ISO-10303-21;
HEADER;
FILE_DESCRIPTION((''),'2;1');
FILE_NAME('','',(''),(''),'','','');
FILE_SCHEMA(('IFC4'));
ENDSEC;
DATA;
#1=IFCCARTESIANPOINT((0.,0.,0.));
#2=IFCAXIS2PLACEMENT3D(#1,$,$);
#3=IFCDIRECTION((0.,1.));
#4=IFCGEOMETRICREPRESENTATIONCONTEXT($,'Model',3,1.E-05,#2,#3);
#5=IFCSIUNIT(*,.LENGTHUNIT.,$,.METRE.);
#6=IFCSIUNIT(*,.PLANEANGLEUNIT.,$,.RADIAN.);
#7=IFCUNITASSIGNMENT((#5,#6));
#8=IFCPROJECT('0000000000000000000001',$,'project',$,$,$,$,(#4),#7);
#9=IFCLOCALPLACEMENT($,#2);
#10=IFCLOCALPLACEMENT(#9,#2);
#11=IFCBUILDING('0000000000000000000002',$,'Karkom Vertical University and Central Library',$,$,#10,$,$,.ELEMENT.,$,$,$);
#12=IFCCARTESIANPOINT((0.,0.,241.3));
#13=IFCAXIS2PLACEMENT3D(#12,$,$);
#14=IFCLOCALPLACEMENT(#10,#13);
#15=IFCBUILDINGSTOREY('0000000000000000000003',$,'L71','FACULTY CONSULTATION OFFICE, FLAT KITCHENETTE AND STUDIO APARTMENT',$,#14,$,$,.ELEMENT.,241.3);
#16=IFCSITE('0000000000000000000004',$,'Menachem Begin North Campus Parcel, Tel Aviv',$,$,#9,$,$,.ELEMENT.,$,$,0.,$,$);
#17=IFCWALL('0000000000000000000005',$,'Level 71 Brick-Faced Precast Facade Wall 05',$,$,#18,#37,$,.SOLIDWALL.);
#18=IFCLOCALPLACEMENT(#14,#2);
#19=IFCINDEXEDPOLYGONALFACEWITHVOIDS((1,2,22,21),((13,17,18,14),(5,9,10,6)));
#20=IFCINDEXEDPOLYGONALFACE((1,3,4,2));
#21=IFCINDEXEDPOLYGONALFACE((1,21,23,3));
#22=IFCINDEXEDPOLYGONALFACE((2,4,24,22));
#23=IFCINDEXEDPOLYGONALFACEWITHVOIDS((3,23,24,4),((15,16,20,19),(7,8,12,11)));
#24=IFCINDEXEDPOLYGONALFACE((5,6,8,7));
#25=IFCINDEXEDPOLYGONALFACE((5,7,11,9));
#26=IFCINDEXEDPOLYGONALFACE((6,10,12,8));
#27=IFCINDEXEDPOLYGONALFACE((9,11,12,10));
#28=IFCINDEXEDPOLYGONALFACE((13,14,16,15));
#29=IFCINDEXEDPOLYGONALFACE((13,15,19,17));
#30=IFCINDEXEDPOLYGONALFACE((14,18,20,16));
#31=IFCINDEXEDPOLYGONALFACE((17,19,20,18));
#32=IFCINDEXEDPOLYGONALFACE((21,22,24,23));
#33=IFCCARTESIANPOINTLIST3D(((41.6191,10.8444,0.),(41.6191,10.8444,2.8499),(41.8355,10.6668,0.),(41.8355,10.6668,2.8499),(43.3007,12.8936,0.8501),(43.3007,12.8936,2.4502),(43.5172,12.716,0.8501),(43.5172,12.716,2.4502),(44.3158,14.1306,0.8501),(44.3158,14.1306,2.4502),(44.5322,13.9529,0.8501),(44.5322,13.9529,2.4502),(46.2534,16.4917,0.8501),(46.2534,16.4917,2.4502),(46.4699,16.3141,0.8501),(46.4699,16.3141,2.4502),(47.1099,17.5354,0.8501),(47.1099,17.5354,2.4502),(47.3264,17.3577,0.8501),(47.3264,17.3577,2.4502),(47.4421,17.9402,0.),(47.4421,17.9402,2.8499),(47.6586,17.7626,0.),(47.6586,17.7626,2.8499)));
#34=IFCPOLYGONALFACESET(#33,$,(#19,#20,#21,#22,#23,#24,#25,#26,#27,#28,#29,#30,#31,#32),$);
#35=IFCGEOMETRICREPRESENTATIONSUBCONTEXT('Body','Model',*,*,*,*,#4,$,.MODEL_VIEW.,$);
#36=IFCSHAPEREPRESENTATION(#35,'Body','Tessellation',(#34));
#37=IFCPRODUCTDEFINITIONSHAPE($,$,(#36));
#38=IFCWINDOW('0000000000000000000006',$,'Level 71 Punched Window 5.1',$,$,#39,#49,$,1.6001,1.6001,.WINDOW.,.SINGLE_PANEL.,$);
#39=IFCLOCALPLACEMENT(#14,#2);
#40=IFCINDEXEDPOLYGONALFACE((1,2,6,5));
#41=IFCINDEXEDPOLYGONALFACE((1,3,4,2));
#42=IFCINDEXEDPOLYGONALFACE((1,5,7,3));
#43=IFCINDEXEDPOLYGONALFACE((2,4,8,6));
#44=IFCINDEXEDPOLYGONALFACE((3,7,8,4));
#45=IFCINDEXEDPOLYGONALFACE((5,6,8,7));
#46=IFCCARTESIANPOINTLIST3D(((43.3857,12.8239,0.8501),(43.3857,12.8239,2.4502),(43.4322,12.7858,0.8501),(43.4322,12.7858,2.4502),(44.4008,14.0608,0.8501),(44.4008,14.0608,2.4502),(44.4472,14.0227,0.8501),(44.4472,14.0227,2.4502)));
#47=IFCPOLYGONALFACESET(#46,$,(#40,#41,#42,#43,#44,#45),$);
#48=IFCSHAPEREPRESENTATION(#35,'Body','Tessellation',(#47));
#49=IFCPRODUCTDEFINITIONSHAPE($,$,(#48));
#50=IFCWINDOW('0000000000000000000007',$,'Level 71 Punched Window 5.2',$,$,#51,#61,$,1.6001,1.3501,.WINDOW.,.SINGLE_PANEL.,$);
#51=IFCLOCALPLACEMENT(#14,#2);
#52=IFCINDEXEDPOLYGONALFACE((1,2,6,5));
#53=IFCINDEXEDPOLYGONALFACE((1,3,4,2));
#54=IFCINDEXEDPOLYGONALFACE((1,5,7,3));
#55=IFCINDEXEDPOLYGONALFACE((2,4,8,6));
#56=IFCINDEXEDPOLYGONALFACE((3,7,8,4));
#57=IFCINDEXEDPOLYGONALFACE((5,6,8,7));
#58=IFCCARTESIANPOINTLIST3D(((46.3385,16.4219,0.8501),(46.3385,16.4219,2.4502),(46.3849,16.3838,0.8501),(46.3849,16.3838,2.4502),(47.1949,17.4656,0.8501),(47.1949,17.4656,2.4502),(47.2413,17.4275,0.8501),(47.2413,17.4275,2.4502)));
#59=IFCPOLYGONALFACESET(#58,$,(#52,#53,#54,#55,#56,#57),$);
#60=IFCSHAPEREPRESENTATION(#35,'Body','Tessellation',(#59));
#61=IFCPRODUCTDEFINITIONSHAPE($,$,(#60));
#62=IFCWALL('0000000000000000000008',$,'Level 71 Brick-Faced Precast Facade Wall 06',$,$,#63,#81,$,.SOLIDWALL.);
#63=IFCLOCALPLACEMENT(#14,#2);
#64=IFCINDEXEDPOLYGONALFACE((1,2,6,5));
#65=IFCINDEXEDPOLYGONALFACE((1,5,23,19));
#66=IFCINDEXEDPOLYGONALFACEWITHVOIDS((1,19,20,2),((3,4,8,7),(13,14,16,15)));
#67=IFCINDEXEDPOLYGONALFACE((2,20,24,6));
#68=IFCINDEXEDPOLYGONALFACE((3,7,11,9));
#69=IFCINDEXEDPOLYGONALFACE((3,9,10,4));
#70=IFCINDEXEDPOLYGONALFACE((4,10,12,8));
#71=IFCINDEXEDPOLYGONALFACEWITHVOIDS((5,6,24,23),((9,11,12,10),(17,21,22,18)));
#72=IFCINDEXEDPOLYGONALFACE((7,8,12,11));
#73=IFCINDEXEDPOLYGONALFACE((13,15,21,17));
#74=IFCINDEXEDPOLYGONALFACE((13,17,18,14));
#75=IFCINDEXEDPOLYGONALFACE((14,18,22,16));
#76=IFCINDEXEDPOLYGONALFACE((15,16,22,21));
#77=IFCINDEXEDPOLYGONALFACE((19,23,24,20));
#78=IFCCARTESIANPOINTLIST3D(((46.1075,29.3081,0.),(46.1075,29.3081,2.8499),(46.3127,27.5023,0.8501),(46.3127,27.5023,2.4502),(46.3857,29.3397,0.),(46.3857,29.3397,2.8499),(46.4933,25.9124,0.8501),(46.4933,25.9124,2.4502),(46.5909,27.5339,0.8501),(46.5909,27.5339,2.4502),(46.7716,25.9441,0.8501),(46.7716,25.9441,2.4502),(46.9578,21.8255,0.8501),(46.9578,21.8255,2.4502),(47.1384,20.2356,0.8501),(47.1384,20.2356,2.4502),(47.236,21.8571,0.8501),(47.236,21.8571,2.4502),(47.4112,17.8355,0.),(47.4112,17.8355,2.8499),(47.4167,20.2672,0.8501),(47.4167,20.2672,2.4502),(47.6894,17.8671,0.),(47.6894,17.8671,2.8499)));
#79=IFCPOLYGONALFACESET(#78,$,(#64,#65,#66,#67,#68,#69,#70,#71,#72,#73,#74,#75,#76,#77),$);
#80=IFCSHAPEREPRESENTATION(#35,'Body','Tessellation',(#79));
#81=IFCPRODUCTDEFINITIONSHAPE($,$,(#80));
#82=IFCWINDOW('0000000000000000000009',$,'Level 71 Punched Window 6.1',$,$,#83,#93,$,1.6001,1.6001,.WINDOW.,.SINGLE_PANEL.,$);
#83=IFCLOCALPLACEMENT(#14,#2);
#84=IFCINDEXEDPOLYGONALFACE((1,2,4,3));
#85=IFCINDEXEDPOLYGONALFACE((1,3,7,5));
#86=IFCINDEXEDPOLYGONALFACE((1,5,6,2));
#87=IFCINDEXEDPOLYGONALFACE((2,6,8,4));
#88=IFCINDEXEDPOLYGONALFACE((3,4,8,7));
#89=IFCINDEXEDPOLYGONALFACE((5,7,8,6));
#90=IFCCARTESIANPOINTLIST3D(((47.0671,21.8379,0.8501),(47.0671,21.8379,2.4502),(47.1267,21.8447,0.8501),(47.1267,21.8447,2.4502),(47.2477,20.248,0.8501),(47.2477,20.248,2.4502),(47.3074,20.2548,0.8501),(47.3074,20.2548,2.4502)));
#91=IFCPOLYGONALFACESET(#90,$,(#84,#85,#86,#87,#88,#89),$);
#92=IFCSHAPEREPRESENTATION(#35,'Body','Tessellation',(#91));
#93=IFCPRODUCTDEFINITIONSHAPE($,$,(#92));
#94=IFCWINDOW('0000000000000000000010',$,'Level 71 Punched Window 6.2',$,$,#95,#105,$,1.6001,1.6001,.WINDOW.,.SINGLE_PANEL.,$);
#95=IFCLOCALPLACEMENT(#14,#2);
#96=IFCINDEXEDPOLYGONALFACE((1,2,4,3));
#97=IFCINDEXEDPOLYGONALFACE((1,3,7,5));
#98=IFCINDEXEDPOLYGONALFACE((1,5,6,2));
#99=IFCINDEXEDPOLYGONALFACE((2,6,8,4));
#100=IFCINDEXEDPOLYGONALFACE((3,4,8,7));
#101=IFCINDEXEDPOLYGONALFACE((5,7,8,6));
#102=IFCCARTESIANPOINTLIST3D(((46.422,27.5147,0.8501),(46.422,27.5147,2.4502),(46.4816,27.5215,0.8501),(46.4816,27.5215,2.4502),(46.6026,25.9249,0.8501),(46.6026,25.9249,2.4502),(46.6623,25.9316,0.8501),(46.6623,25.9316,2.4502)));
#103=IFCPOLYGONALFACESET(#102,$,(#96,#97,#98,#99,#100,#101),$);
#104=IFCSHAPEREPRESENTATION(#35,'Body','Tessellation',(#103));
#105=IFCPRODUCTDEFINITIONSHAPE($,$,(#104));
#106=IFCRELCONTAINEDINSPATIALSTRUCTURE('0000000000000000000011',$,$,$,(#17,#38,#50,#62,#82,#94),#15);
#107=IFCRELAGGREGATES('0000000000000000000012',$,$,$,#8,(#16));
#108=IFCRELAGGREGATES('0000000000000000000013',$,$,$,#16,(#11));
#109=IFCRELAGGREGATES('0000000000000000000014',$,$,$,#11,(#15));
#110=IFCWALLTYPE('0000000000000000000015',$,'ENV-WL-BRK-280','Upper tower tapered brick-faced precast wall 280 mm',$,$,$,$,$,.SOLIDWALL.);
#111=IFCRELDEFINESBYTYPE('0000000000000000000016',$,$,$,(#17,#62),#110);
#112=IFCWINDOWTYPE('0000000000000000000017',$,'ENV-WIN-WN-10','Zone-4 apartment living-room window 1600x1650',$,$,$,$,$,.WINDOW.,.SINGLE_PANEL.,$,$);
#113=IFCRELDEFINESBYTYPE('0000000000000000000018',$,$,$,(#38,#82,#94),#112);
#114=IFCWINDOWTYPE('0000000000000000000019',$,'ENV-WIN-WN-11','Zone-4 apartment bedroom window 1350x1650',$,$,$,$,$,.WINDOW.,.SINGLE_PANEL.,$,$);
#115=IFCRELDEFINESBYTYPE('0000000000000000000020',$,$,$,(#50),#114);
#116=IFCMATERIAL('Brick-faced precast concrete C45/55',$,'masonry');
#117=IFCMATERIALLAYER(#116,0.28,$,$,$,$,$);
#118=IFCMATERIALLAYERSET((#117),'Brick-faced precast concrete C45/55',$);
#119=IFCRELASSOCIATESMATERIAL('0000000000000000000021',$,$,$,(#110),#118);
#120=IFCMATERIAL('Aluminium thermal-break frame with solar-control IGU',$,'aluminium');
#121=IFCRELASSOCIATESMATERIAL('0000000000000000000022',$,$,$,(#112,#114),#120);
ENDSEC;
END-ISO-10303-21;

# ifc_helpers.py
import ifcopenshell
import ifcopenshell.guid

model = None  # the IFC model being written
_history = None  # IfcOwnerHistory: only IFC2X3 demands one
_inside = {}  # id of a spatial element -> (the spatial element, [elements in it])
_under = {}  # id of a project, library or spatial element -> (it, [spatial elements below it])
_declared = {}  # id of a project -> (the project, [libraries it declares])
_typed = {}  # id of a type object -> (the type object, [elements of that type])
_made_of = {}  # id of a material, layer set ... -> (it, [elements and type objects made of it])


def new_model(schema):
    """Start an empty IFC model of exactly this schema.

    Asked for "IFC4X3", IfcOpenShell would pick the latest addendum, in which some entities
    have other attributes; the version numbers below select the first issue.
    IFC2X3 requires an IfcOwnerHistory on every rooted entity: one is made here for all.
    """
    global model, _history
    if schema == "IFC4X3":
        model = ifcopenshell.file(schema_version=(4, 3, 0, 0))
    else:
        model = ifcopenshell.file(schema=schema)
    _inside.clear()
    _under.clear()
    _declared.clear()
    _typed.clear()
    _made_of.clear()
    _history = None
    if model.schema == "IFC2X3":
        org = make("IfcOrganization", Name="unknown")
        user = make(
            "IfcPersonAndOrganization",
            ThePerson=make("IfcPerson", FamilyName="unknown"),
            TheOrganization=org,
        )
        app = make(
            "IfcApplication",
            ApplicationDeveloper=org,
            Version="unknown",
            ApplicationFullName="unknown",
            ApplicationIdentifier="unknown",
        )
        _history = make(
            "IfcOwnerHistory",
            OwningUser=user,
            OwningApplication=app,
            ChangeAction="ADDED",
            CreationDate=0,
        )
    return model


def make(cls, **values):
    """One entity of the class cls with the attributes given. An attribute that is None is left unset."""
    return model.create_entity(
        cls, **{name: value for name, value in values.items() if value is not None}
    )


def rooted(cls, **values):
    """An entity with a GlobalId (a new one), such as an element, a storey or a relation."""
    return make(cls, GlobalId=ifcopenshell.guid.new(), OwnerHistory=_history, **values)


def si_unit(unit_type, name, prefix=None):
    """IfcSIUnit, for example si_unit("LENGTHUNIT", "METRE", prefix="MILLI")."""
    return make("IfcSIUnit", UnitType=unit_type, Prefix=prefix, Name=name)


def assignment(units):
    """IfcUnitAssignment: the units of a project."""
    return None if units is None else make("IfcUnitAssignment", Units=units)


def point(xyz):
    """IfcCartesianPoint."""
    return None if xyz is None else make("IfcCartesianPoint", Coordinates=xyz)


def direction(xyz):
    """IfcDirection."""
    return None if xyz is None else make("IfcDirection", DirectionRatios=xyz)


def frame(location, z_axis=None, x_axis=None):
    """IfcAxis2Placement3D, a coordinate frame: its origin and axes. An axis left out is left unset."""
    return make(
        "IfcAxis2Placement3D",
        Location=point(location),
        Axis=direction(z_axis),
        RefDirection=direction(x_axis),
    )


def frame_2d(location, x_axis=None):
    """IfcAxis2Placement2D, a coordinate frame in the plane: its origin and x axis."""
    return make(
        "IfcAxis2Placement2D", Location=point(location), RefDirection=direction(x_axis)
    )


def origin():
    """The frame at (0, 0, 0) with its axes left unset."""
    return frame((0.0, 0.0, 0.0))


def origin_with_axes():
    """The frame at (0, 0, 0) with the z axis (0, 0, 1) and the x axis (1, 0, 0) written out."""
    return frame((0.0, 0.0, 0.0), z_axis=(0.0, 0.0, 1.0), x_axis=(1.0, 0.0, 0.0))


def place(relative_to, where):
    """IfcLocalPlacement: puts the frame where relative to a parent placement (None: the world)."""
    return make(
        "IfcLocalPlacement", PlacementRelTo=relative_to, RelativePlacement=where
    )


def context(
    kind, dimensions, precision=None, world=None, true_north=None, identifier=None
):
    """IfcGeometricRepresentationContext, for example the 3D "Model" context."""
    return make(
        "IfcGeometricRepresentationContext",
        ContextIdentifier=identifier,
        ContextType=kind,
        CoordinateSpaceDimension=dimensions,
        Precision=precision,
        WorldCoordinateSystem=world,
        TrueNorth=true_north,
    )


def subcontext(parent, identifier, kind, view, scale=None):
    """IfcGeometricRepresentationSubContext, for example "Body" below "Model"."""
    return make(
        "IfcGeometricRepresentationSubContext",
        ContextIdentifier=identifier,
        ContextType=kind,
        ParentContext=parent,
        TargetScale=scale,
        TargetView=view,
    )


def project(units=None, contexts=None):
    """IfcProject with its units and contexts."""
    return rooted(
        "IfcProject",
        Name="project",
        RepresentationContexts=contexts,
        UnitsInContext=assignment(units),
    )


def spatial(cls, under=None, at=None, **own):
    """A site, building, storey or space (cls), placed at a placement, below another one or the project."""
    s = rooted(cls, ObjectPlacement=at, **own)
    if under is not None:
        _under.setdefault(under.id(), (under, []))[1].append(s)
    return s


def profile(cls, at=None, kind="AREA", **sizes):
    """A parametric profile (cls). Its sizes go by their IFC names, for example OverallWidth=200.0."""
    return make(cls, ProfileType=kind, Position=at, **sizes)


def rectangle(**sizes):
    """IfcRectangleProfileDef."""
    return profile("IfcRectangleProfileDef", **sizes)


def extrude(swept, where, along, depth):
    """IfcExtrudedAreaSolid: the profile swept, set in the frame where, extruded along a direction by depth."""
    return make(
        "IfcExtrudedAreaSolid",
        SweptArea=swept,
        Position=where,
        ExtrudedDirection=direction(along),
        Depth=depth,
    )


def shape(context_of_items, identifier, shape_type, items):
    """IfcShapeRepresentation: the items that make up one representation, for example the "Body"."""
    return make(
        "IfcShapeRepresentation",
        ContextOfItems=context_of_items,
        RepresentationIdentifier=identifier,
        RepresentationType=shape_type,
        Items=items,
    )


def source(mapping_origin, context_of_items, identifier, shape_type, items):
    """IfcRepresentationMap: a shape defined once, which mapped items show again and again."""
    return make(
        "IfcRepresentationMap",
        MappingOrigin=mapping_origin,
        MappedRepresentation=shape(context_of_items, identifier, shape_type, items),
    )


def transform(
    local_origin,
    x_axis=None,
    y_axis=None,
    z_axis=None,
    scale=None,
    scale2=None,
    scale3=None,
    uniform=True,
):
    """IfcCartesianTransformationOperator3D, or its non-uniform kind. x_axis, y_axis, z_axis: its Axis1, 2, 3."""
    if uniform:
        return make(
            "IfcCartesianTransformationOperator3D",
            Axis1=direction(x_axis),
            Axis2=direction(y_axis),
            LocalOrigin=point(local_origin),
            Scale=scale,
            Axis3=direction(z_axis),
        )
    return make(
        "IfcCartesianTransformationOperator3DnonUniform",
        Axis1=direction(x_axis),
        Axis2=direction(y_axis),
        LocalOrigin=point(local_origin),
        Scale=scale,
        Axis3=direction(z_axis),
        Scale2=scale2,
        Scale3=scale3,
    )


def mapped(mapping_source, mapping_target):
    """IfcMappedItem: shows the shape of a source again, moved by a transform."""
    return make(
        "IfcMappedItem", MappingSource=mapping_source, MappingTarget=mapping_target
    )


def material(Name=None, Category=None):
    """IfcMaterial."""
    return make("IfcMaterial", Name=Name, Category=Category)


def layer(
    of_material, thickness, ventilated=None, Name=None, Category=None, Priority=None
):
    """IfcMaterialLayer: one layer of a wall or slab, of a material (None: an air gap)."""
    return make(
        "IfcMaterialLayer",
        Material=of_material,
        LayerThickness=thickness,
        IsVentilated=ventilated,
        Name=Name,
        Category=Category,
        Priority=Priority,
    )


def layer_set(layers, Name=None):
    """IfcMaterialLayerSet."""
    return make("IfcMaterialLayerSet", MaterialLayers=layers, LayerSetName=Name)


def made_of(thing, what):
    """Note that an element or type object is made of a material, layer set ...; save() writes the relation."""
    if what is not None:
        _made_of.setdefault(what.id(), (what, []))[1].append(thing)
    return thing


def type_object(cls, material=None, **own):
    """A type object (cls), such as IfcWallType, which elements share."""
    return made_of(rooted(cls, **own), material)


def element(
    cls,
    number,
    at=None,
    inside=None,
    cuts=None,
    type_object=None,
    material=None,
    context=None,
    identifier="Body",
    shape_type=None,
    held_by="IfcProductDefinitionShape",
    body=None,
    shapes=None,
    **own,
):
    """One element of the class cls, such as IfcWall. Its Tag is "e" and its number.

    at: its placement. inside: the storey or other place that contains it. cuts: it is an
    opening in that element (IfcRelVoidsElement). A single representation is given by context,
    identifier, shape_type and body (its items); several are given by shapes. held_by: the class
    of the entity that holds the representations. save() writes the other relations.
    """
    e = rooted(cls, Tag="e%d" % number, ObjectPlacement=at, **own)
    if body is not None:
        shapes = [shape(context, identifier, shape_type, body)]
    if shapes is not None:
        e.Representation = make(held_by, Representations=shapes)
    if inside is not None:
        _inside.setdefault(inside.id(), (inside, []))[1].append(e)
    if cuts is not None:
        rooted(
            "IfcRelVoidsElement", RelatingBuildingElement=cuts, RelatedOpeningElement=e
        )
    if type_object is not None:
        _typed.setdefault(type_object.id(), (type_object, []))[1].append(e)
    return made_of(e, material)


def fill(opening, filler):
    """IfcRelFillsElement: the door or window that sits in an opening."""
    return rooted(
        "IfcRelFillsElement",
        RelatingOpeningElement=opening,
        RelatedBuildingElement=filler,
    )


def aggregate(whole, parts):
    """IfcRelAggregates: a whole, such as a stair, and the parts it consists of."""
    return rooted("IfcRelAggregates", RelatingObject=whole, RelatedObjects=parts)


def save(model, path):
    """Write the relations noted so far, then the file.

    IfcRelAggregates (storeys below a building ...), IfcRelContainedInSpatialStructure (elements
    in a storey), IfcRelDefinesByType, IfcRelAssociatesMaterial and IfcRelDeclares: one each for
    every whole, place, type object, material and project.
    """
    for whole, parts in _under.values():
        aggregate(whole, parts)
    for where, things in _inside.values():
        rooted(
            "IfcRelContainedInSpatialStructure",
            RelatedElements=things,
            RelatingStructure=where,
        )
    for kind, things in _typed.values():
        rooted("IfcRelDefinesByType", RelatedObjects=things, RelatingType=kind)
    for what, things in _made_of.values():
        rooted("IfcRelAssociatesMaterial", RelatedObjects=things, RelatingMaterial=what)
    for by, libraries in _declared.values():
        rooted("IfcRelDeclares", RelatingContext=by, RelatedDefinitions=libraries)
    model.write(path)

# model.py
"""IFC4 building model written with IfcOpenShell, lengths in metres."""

from ifc_helpers import new_model, si_unit, direction, frame, frame_2d, origin, origin_with_axes, place, context, subcontext, project, spatial, rectangle, extrude, source, transform, mapped, material, layer, layer_set, type_object, element, fill, save


model = new_model("IFC4")

# Units and contexts
model_context = context("Model", 3, precision=1e-05, world=origin(), true_north=direction((0.0, 1.0)))
body_context = subcontext(model_context, "Body", "Model", "MODEL_VIEW")
ifc_project = project(units=[si_unit("LENGTHUNIT", "METRE"), si_unit("PLANEANGLEUNIT", "RADIAN")], contexts=[model_context])

# Site, building, storey
site_placement = place(None, origin())
site = spatial("IfcSite", under=ifc_project, at=site_placement, Name="Menachem Begin North Campus Parcel, Tel Aviv", CompositionType="ELEMENT", RefElevation=0.0)
building_placement = place(site_placement, origin())
building = spatial("IfcBuilding", under=site, at=building_placement, Name="Karkom Vertical University and Central Library", CompositionType="ELEMENT")
storey_placement = place(building_placement, frame((0.0, 0.0, 241.3)))
storey = spatial("IfcBuildingStorey", under=building, at=storey_placement, Name="L71", Description="FACULTY CONSULTATION OFFICE, FLAT KITCHENETTE AND STUDIO APARTMENT", CompositionType="ELEMENT", Elevation=241.3)

# Walls, openings, windows
ifc_material_1 = material(Name="Brick-faced precast concrete C45/55", Category="masonry")
ifc_layer_1 = layer(ifc_material_1, 0.28)
ifc_layer_set_1 = layer_set([ifc_layer_1], Name="Brick-faced precast concrete C45/55")
wall_type_1 = type_object("IfcWallType", Name="ENV-WL-BRK-280", Description="Upper tower tapered brick-faced precast wall 280 mm", PredefinedType="SOLIDWALL", material=ifc_layer_set_1)
wall_1_placement = place(storey_placement, frame((41.7273, 10.7556, 0.0), z_axis=(0.0, 0.0, 1.0), x_axis=(0.634374, 0.773026, 0.0)))
wall_1 = element("IfcWall", 1, at=wall_1_placement, inside=storey, type_object=wall_type_1, Name="Level 71 Brick-Faced Precast Facade Wall 05", PredefinedType="SOLIDWALL", context=body_context, shape_type="SweptSolid", body=[
    extrude(rectangle(XDim=9.1792, YDim=0.28, at=frame_2d((4.5896, 0.0))), origin(), (0.0, 0.0, 1.0), 2.8499),
])
opening_1_placement = place(wall_1_placement, frame((2.6509, 0.0, 0.8501)))
opening_1 = element("IfcOpeningElement", 2, at=opening_1_placement, cuts=wall_1, PredefinedType="OPENING", context=body_context, shape_type="SweptSolid", body=[
    extrude(rectangle(XDim=1.6001, YDim=1.6001, at=frame_2d((0.8, 0.8))), frame((0.0, 0.1499, 0.0), z_axis=(0.0, -1.0, 0.0), x_axis=(1.0, 0.0, 0.0)), (0.0, 0.0, 1.0), 0.3),
])
opening_2_placement = place(wall_1_placement, frame((7.3054, 0.0, 0.8501)))
opening_2 = element("IfcOpeningElement", 3, at=opening_2_placement, cuts=wall_1, PredefinedType="OPENING", context=body_context, shape_type="SweptSolid", body=[
    extrude(rectangle(XDim=1.3501, YDim=1.6001, at=frame_2d((0.675, 0.8))), frame((0.0, 0.1499, 0.0), z_axis=(0.0, -1.0, 0.0), x_axis=(1.0, 0.0, 0.0)), (0.0, 0.0, 1.0), 0.3),
])
ifc_material_2 = material(Name="Aluminium thermal-break frame with solar-control IGU", Category="aluminium")
window_type_1 = type_object("IfcWindowType", Name="ENV-WIN-WN-10", Description="Zone-4 apartment living-room window 1600x1650", PartitioningType="SINGLE_PANEL", PredefinedType="WINDOW", material=ifc_material_2)
shared_shape_1 = source(origin_with_axes(), body_context, "Body", "SweptSolid", [
    extrude(rectangle(XDim=1.6001, YDim=1.6001, at=frame_2d((0.8, 0.8))), frame((0.0, 0.03, 0.0), z_axis=(0.0, -1.0, 0.0), x_axis=(1.0, 0.0, 0.0)), (0.0, 0.0, 1.0), 0.0601),
])
window_1_placement = place(opening_1_placement, origin())
window_1 = element("IfcWindow", 4, at=window_1_placement, inside=storey, type_object=window_type_1, Name="Level 71 Punched Window 5.1", OverallHeight=1.6001, OverallWidth=1.6001, PartitioningType="SINGLE_PANEL", PredefinedType="WINDOW", context=body_context, shape_type="MappedRepresentation", body=[
    mapped(shared_shape_1, transform((0.0, 0.0, 0.0), scale=1.0)),
])
fill(opening_1, window_1)
window_type_2 = type_object("IfcWindowType", Name="ENV-WIN-WN-11", Description="Zone-4 apartment bedroom window 1350x1650", PartitioningType="SINGLE_PANEL", PredefinedType="WINDOW", material=ifc_material_2)
shared_shape_2 = source(origin_with_axes(), body_context, "Body", "SweptSolid", [
    extrude(rectangle(XDim=1.3501, YDim=1.6001, at=frame_2d((0.675, 0.8))), frame((0.0, 0.03, 0.0), z_axis=(0.0, -1.0, 0.0), x_axis=(1.0, 0.0, 0.0)), (0.0, 0.0, 1.0), 0.0601),
])
window_2_placement = place(opening_2_placement, origin())
window_2 = element("IfcWindow", 5, at=window_2_placement, inside=storey, type_object=window_type_2, Name="Level 71 Punched Window 5.2", OverallHeight=1.6001, OverallWidth=1.3501, PartitioningType="SINGLE_PANEL", PredefinedType="WINDOW", context=body_context, shape_type="MappedRepresentation", body=[
    mapped(shared_shape_2, transform((0.0, 0.0, 0.0), scale=1.0)),
])
fill(opening_2, window_2)
wall_2_placement = place(storey_placement, frame((47.5503, 17.8513, 0.0), z_axis=(0.0, 0.0, 1.0), x_axis=(-0.11291, 0.993605, 0.0)))
wall_2 = element("IfcWall", 6, at=wall_2_placement, inside=storey, type_object=wall_type_1, Name="Level 71 Brick-Faced Precast Facade Wall 06", PredefinedType="SOLIDWALL", context=body_context, shape_type="SweptSolid", body=[
    extrude(rectangle(XDim=11.5464, YDim=0.28, at=frame_2d((5.7732, 0.0))), origin(), (0.0, 0.0, 1.0), 2.8499),
])
opening_3_placement = place(wall_2_placement, frame((2.4155, 0.0, 0.8501)))
opening_3 = element("IfcOpeningElement", 7, at=opening_3_placement, cuts=wall_2, PredefinedType="OPENING", context=body_context, shape_type="SweptSolid", body=[
    extrude(rectangle(XDim=1.6001, YDim=1.6001, at=frame_2d((0.8, 0.8))), frame((0.0, 0.1499, 0.0), z_axis=(0.0, -1.0, 0.0), x_axis=(1.0, 0.0, 0.0)), (0.0, 0.0, 1.0), 0.3),
])
opening_4_placement = place(wall_2_placement, frame((8.1289, 0.0, 0.8501)))
opening_4 = element("IfcOpeningElement", 8, at=opening_4_placement, cuts=wall_2, PredefinedType="OPENING", context=body_context, shape_type="SweptSolid", body=[
    extrude(rectangle(XDim=1.6001, YDim=1.6001, at=frame_2d((0.8, 0.8))), frame((0.0, 0.1499, 0.0), z_axis=(0.0, -1.0, 0.0), x_axis=(1.0, 0.0, 0.0)), (0.0, 0.0, 1.0), 0.3),
])
window_3_placement = place(opening_3_placement, origin())
window_3 = element("IfcWindow", 9, at=window_3_placement, inside=storey, type_object=window_type_1, Name="Level 71 Punched Window 6.1", OverallHeight=1.6001, OverallWidth=1.6001, PartitioningType="SINGLE_PANEL", PredefinedType="WINDOW", context=body_context, shape_type="MappedRepresentation", body=[
    mapped(shared_shape_1, transform((0.0, 0.0, 0.0), scale=1.0)),
])
fill(opening_3, window_3)
window_4_placement = place(opening_4_placement, origin())
window_4 = element("IfcWindow", 10, at=window_4_placement, inside=storey, type_object=window_type_1, Name="Level 71 Punched Window 6.2", OverallHeight=1.6001, OverallWidth=1.6001, PartitioningType="SINGLE_PANEL", PredefinedType="WINDOW", context=body_context, shape_type="MappedRepresentation", body=[
    mapped(shared_shape_1, transform((0.0, 0.0, 0.0), scale=1.0)),
])
fill(opening_4, window_4)

save(model, "model.ifc")
